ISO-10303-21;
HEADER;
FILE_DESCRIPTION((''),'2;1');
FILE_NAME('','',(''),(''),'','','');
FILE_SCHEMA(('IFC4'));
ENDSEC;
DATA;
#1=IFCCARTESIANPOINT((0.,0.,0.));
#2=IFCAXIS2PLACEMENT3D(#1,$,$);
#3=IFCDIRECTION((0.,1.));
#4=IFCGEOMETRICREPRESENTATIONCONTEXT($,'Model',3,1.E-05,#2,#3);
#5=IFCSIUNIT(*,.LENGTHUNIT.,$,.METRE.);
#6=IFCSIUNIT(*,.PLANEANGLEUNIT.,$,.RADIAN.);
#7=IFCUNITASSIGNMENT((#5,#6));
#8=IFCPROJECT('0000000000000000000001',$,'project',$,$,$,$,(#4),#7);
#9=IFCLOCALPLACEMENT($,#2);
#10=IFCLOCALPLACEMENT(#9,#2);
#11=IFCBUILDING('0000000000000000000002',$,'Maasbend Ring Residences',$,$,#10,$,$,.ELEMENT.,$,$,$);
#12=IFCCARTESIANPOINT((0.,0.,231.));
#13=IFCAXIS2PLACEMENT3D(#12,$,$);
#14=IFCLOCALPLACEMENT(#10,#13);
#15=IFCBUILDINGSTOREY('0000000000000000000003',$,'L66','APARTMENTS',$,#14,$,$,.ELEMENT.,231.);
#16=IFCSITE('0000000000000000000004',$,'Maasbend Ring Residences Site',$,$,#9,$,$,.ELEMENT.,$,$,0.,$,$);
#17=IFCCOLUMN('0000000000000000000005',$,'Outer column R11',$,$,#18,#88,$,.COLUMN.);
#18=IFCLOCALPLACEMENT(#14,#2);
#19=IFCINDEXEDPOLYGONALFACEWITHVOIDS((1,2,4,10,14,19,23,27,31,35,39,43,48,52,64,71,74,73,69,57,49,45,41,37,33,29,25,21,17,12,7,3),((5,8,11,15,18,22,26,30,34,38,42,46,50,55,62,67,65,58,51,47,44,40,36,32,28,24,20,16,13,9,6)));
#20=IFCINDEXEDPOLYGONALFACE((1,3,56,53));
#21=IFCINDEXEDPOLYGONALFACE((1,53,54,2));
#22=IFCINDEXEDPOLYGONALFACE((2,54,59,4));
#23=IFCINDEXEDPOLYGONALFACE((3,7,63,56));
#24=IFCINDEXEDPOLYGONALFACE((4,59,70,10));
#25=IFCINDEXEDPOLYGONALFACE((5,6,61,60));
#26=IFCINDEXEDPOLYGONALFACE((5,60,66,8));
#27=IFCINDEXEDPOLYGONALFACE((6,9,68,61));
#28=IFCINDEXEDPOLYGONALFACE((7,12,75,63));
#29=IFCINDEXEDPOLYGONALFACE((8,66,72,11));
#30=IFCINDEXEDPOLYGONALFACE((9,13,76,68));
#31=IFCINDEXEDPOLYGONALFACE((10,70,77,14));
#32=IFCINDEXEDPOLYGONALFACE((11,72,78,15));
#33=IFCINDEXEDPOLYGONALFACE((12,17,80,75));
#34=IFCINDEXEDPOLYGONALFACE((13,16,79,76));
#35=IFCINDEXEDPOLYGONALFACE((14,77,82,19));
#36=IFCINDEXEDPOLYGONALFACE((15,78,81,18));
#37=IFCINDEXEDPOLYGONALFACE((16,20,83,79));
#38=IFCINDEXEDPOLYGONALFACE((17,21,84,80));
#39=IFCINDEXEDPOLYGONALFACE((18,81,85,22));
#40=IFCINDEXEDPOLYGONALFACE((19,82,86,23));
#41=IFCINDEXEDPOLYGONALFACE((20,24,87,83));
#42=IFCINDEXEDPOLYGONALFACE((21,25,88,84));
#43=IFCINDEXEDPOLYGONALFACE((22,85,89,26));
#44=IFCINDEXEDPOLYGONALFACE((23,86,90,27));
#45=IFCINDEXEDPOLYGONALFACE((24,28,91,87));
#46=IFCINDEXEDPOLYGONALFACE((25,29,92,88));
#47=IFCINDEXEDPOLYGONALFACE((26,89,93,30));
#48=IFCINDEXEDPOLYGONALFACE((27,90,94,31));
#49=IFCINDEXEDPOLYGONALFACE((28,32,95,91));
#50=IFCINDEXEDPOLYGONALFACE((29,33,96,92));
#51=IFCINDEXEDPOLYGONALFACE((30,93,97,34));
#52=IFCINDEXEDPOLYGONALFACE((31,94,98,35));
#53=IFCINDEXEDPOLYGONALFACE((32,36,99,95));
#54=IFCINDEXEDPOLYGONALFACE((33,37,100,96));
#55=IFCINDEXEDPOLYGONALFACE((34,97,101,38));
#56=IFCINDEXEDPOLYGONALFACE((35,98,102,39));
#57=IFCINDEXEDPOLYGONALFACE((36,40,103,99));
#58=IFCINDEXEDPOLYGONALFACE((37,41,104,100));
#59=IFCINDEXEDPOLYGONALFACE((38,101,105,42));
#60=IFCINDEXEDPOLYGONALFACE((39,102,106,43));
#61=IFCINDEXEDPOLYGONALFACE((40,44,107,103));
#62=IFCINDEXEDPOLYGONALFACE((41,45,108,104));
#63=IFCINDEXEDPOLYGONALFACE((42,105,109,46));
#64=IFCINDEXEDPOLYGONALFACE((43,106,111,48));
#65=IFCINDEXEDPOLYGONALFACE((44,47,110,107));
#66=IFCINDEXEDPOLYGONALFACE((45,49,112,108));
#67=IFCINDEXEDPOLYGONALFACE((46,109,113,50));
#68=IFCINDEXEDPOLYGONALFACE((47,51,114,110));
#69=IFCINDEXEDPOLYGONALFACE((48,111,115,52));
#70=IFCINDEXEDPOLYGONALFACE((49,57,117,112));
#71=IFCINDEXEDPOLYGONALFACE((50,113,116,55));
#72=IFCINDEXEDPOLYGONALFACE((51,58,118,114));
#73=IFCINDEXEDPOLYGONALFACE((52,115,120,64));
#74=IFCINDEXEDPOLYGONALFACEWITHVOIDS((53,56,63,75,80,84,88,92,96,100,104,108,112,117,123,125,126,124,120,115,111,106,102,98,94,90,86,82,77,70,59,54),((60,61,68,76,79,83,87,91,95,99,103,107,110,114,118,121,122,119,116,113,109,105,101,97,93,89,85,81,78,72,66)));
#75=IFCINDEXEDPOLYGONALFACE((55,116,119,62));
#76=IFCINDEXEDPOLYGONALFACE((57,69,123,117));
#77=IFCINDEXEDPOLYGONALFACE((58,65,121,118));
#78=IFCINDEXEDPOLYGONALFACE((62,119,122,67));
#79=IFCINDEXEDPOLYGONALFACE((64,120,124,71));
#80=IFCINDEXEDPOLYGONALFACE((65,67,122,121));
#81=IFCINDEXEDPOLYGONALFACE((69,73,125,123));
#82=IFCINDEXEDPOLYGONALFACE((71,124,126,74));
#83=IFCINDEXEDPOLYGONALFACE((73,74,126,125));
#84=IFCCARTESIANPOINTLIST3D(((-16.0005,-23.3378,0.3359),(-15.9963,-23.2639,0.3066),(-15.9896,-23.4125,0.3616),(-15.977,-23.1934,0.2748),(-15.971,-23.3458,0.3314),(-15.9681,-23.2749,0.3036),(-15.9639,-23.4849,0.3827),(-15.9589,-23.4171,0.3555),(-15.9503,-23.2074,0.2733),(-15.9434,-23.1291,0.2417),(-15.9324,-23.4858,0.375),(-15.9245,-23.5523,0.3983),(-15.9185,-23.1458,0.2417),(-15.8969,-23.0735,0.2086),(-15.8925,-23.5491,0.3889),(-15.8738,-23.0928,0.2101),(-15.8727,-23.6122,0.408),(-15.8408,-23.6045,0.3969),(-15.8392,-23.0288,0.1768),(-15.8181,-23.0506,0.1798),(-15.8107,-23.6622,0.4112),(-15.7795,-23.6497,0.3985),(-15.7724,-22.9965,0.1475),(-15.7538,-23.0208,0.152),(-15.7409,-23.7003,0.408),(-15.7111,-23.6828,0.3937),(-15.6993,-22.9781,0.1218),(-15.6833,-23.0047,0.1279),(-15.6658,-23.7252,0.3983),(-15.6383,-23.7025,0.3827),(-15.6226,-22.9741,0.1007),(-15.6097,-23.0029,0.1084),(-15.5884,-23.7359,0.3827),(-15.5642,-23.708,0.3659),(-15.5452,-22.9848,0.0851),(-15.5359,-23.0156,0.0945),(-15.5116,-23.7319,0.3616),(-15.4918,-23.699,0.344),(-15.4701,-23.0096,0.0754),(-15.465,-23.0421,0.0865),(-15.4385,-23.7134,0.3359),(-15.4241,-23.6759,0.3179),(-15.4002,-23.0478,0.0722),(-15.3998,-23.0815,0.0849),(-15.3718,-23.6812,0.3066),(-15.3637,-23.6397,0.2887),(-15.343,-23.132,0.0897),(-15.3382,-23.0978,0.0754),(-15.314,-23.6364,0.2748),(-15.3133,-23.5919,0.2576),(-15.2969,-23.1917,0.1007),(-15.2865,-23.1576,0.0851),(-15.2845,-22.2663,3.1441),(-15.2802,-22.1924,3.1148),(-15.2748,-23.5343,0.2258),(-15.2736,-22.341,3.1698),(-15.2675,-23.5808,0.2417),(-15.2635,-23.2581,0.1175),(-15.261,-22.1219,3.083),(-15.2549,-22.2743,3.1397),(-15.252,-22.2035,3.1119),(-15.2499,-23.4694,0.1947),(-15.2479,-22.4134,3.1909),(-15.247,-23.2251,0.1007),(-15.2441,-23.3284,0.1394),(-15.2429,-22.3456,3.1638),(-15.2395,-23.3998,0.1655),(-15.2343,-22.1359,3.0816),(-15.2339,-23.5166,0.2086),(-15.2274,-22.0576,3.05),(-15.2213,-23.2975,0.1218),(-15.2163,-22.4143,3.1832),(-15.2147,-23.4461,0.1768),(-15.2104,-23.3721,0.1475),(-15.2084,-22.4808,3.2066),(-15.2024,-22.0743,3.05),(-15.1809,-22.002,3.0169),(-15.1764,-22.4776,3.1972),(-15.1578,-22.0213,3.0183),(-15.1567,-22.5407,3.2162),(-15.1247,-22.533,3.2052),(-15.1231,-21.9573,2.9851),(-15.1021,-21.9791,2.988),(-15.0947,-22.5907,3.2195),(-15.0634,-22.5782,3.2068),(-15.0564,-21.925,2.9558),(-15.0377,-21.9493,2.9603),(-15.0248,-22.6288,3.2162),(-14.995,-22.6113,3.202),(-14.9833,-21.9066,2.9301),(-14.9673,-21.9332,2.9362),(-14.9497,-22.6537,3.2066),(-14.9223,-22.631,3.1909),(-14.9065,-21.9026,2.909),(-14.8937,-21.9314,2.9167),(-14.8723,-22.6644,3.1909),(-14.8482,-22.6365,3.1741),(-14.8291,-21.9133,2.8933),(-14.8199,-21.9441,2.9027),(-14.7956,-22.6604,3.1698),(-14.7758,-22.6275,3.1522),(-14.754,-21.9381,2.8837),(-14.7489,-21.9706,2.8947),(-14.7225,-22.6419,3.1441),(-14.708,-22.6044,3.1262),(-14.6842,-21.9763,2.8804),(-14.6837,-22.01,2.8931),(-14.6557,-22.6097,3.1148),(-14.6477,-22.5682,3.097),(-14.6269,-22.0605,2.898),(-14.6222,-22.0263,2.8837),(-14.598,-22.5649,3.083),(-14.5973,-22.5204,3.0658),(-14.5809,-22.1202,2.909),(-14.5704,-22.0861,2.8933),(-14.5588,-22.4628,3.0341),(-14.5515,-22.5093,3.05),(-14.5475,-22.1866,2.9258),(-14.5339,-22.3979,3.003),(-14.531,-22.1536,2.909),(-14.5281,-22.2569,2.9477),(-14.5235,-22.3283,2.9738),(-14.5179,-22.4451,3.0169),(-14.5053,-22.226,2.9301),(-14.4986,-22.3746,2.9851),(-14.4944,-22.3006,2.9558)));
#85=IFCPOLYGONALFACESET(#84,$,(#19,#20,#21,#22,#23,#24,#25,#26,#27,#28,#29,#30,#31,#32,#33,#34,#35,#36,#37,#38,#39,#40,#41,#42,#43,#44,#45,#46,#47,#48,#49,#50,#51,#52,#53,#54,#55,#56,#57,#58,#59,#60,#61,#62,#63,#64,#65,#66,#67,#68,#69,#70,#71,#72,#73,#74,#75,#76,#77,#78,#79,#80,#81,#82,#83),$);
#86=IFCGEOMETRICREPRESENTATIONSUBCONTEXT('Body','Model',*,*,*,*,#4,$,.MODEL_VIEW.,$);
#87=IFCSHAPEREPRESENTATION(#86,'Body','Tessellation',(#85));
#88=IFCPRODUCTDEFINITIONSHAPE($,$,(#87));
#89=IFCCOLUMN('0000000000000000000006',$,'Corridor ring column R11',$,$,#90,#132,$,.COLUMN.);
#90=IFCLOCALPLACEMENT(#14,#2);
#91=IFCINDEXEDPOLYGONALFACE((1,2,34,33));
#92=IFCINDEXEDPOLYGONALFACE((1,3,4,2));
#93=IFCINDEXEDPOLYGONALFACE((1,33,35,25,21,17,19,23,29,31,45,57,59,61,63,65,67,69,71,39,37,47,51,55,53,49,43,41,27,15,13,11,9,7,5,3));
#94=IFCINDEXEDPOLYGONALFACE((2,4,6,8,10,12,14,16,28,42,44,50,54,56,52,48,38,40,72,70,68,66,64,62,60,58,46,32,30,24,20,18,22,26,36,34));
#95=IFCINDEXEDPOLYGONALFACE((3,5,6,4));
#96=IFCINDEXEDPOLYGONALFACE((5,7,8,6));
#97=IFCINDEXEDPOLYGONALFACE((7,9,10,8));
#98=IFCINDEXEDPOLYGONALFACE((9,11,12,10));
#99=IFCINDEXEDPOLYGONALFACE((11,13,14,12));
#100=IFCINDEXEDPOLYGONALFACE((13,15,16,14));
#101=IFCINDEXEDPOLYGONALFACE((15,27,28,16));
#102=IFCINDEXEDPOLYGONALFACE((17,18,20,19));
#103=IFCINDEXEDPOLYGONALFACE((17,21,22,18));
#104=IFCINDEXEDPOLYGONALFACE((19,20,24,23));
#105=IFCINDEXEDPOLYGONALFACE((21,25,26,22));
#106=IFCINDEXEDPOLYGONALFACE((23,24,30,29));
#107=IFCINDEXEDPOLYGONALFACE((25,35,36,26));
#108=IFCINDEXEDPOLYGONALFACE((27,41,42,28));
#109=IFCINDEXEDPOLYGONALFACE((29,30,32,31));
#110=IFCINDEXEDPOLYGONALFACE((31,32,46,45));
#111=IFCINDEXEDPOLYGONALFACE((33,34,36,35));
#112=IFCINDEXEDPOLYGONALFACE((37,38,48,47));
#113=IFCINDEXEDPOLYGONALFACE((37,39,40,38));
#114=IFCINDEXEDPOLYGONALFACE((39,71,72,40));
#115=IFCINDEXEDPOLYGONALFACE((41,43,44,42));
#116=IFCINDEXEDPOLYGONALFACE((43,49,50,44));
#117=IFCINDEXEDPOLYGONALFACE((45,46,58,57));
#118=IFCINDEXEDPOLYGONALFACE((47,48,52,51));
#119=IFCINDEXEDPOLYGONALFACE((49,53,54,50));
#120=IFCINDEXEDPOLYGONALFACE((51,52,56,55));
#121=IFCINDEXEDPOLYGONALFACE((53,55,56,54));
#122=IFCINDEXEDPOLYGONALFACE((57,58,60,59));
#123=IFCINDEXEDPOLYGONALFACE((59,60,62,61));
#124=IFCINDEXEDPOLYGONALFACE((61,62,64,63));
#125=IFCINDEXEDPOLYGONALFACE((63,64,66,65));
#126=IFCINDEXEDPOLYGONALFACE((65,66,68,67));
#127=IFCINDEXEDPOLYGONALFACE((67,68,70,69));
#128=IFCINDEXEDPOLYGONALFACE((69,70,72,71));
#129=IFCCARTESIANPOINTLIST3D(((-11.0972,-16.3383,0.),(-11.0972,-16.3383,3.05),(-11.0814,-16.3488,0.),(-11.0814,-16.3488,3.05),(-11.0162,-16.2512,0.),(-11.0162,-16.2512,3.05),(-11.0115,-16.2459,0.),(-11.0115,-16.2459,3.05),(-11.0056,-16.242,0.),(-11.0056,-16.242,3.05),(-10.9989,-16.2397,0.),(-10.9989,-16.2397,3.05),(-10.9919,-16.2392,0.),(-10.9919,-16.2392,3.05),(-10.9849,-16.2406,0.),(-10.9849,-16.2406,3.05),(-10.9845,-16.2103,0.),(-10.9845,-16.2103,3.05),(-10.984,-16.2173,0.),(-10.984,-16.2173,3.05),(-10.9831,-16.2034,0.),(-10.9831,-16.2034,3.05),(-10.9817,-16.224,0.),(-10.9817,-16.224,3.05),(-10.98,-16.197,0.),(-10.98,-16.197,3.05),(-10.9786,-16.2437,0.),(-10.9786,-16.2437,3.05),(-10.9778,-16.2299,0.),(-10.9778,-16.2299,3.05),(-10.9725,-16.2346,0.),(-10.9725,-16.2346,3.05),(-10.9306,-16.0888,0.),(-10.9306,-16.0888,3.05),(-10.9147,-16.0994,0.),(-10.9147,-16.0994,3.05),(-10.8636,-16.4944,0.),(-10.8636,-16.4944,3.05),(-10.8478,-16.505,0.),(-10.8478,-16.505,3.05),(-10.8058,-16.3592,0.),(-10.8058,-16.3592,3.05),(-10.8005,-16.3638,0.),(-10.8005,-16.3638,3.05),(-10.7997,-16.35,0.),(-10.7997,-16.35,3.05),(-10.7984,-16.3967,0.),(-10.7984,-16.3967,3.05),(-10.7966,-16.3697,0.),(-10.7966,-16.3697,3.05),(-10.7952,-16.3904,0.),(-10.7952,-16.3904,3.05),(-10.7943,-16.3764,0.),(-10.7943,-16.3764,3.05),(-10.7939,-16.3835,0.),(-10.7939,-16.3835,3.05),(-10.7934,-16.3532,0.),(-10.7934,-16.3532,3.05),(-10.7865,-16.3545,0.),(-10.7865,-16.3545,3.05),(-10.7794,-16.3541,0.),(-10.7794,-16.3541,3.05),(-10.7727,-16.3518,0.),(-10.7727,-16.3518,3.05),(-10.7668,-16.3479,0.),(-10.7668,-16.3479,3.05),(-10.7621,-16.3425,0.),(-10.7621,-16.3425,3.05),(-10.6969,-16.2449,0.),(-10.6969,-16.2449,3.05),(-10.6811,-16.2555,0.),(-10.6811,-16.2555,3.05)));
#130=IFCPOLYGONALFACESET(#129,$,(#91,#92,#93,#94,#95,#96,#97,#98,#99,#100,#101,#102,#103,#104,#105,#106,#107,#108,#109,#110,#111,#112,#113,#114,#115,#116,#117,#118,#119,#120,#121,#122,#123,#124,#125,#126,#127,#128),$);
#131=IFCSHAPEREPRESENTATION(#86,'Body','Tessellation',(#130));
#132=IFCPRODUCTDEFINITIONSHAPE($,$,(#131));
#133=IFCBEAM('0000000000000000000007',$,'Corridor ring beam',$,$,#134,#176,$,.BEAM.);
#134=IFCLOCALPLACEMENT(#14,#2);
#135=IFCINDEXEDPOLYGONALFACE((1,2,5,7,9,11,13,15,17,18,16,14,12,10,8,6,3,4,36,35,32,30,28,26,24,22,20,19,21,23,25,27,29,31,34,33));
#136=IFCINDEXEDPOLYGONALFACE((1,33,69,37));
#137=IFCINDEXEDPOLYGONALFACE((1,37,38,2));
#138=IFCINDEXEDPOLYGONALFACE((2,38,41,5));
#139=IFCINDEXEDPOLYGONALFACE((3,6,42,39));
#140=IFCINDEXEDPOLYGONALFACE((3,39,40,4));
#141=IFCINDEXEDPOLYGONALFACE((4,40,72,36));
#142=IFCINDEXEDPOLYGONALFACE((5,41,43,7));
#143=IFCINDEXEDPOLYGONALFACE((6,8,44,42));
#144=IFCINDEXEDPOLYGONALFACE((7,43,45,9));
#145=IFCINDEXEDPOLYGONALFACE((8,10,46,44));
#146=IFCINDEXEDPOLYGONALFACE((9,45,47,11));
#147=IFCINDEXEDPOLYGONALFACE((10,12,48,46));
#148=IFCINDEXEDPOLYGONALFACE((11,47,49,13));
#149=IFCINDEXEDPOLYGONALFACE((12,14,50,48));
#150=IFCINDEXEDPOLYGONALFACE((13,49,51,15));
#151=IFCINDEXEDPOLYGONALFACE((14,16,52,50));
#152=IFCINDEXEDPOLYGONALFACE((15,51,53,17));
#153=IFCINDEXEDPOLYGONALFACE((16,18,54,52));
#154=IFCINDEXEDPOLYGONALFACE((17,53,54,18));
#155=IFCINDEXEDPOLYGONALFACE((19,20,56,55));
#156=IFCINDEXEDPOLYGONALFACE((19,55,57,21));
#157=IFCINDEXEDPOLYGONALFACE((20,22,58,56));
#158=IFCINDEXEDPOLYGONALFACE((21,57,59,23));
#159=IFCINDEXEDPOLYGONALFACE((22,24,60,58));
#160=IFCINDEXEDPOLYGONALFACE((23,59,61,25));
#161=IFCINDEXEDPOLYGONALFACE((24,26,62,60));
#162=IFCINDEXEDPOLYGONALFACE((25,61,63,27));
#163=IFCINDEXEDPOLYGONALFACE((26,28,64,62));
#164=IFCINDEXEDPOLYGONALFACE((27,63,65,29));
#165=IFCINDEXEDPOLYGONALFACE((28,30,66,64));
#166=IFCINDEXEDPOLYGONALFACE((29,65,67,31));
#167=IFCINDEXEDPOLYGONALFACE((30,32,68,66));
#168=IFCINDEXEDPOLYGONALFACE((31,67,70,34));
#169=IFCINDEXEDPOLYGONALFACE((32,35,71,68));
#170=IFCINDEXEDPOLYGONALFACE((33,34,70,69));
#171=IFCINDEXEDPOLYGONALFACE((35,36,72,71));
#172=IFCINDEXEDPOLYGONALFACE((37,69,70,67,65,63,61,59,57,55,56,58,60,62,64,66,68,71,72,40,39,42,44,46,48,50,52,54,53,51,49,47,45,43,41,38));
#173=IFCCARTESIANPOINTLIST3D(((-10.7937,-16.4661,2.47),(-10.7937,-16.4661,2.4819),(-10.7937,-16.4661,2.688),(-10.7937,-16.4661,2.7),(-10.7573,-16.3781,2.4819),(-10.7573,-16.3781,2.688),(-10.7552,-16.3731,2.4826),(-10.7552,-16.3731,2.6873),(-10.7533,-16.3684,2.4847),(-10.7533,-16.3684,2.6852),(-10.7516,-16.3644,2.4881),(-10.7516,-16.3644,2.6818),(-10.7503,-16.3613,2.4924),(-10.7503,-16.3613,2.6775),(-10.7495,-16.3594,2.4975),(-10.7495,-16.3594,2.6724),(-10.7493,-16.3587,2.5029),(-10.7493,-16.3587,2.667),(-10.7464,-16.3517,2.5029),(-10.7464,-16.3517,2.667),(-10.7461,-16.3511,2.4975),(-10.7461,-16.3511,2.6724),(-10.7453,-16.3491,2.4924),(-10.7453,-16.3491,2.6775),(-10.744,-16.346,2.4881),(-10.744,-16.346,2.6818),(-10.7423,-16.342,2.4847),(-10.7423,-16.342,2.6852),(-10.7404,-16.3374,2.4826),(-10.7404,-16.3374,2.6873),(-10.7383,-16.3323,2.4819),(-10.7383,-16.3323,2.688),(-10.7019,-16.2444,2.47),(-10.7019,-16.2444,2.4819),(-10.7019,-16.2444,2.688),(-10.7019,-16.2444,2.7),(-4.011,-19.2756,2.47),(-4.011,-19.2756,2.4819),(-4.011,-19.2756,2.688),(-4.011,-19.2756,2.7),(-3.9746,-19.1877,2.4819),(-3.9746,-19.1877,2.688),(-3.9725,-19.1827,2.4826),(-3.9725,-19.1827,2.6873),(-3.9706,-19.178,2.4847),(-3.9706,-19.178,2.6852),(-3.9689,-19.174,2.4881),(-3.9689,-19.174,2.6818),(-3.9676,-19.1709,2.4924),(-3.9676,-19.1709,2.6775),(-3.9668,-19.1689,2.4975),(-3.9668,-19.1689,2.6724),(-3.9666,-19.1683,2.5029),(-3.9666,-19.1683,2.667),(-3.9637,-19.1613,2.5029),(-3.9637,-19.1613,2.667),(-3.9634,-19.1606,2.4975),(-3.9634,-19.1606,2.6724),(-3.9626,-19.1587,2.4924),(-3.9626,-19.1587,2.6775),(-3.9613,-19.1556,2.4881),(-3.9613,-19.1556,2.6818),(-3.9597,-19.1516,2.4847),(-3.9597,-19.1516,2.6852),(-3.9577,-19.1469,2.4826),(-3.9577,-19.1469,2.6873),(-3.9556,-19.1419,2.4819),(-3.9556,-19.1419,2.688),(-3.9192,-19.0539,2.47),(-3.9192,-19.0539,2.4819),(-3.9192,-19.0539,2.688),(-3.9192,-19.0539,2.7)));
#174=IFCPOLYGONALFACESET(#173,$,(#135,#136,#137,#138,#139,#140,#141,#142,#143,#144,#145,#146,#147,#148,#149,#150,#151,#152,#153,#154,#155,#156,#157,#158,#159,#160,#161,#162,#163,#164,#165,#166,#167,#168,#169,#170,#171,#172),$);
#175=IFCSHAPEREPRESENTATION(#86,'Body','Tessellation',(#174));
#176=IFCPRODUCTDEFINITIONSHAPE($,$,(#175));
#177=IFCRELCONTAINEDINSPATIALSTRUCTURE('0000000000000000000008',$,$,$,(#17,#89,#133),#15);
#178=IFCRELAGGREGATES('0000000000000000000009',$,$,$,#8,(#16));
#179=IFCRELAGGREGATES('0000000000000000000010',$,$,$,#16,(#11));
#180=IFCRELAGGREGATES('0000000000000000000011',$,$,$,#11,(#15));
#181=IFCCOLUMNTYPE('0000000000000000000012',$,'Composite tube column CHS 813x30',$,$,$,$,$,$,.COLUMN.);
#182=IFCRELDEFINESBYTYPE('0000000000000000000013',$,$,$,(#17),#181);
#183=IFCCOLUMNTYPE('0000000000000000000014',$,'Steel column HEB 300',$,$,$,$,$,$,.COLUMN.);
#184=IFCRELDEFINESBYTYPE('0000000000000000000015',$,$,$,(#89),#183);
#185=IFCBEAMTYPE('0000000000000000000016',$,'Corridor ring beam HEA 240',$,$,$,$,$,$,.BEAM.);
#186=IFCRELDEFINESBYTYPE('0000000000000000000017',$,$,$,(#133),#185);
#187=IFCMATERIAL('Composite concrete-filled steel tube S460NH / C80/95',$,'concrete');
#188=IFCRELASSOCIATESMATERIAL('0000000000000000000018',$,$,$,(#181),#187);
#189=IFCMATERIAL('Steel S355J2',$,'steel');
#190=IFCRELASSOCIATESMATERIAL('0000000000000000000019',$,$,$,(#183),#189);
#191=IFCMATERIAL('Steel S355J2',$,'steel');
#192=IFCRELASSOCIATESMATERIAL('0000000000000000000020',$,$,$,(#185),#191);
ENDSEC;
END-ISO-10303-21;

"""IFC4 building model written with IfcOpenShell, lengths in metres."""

from ifc_helpers import new_model, si_unit, direction, frame, origin, origin_2d, place, context, subcontext, project, spatial, hollow_circle, i_section, extrude, material, material_profile, profile_set, type_object, element, save


model = new_model("IFC4")

# Units and contexts
model_context = context("Model", 3, precision=1e-05, world=origin(), true_north=direction((0.0, 1.0)))
body_context = subcontext(model_context, "Body", "Model", "MODEL_VIEW")
ifc_project = project(units=[si_unit("LENGTHUNIT", "METRE"), si_unit("PLANEANGLEUNIT", "RADIAN")], contexts=[model_context])

# Site, building, storey
site_placement = place(None, origin())
site = spatial("IfcSite", under=ifc_project, at=site_placement, Name="Maasbend Ring Residences Site", CompositionType="ELEMENT", RefElevation=0.0)
building_placement = place(site_placement, origin())
building = spatial("IfcBuilding", under=site, at=building_placement, Name="Maasbend Ring Residences", CompositionType="ELEMENT")
storey_placement = place(building_placement, frame((0.0, 0.0, 231.0)))
storey = spatial("IfcBuildingStorey", under=building, at=storey_placement, Name="L66", Description="APARTMENTS", CompositionType="ELEMENT", Elevation=231.0)

# Columns
ifc_material_1 = material(Name="Composite concrete-filled steel tube S460NH / C80/95", Category="concrete")
ifc_material_profile_1 = material_profile(ifc_material_1, hollow_circle(Radius=0.4065, WallThickness=0.03, at=origin_2d()), Name="Composite tube column CHS 813x30")
ifc_profile_set_1 = profile_set([ifc_material_profile_1], Name="Composite concrete-filled steel tube S460NH / C80/95")
column_type_1 = type_object("IfcColumnType", Name="Composite tube column CHS 813x30", PredefinedType="COLUMN", material=ifc_profile_set_1)
column_1_placement = place(storey_placement, frame((-15.6055, -23.355, 0.2417), z_axis=(0.23174, 0.346781, 0.908867), x_axis=(-0.831438, 0.555618, 0.0)))
element("IfcColumn", 1, at=column_1_placement, inside=storey, type_object=column_type_1, Name="Outer column R11", PredefinedType="COLUMN", context=body_context, shape_type="SweptSolid", body=[
    extrude(hollow_circle(Radius=0.4065, WallThickness=0.03, at=origin_2d()), origin(), (0.0, 0.0, 1.0), 3.0898),
])
ifc_material_2 = material(Name="Steel S355J2", Category="steel")
ifc_material_profile_2 = material_profile(ifc_material_2, i_section(OverallWidth=0.3, OverallDepth=0.3, WebThickness=0.011, FlangeThickness=0.019, FilletRadius=0.0271, at=origin_2d()), Name="HEB 300")
ifc_profile_set_2 = profile_set([ifc_material_profile_2], Name="Steel S355J2")
column_type_2 = type_object("IfcColumnType", Name="Steel column HEB 300", PredefinedType="COLUMN", material=ifc_profile_set_2)
column_2_placement = place(storey_placement, frame((-10.8892, -16.2969, 0.0), z_axis=(0.0, 0.0, 1.0), x_axis=(-0.55557, -0.83147, 0.0)))
element("IfcColumn", 2, at=column_2_placement, inside=storey, type_object=column_type_2, Name="Corridor ring column R11", PredefinedType="COLUMN", context=body_context, shape_type="SweptSolid", body=[
    extrude(i_section(OverallWidth=0.3, OverallDepth=0.3, WebThickness=0.011, FlangeThickness=0.019, FilletRadius=0.0271, at=origin_2d()), origin(), (0.0, 0.0, 1.0), 3.05),
])

# Beam
ifc_material_3 = material(Name="Steel S355J2", Category="steel")
ifc_material_profile_3 = material_profile(ifc_material_3, i_section(OverallWidth=0.24, OverallDepth=0.23, WebThickness=0.0076, FlangeThickness=0.012, FilletRadius=0.021, at=origin_2d()), Name="HEA 240")
ifc_profile_set_3 = profile_set([ifc_material_profile_3], Name="Steel S355J2")
beam_type_1 = type_object("IfcBeamType", Name="Corridor ring beam HEA 240", PredefinedType="BEAM", material=ifc_profile_set_3)
beam_1_placement = place(storey_placement, frame((-10.7478, -16.3552, 2.585), z_axis=(0.923876, -0.382692, 0.0), x_axis=(0.382692, 0.923876, 0.0)))
element("IfcBeam", 3, at=beam_1_placement, inside=storey, type_object=beam_type_1, Name="Corridor ring beam", PredefinedType="BEAM", context=body_context, shape_type="SweptSolid", body=[
    extrude(i_section(OverallWidth=0.24, OverallDepth=0.23, WebThickness=0.0076, FlangeThickness=0.012, FilletRadius=0.021, at=origin_2d()), origin(), (0.0, 0.0, 1.0), 7.3416),
])

save(model, "model.ifc")
